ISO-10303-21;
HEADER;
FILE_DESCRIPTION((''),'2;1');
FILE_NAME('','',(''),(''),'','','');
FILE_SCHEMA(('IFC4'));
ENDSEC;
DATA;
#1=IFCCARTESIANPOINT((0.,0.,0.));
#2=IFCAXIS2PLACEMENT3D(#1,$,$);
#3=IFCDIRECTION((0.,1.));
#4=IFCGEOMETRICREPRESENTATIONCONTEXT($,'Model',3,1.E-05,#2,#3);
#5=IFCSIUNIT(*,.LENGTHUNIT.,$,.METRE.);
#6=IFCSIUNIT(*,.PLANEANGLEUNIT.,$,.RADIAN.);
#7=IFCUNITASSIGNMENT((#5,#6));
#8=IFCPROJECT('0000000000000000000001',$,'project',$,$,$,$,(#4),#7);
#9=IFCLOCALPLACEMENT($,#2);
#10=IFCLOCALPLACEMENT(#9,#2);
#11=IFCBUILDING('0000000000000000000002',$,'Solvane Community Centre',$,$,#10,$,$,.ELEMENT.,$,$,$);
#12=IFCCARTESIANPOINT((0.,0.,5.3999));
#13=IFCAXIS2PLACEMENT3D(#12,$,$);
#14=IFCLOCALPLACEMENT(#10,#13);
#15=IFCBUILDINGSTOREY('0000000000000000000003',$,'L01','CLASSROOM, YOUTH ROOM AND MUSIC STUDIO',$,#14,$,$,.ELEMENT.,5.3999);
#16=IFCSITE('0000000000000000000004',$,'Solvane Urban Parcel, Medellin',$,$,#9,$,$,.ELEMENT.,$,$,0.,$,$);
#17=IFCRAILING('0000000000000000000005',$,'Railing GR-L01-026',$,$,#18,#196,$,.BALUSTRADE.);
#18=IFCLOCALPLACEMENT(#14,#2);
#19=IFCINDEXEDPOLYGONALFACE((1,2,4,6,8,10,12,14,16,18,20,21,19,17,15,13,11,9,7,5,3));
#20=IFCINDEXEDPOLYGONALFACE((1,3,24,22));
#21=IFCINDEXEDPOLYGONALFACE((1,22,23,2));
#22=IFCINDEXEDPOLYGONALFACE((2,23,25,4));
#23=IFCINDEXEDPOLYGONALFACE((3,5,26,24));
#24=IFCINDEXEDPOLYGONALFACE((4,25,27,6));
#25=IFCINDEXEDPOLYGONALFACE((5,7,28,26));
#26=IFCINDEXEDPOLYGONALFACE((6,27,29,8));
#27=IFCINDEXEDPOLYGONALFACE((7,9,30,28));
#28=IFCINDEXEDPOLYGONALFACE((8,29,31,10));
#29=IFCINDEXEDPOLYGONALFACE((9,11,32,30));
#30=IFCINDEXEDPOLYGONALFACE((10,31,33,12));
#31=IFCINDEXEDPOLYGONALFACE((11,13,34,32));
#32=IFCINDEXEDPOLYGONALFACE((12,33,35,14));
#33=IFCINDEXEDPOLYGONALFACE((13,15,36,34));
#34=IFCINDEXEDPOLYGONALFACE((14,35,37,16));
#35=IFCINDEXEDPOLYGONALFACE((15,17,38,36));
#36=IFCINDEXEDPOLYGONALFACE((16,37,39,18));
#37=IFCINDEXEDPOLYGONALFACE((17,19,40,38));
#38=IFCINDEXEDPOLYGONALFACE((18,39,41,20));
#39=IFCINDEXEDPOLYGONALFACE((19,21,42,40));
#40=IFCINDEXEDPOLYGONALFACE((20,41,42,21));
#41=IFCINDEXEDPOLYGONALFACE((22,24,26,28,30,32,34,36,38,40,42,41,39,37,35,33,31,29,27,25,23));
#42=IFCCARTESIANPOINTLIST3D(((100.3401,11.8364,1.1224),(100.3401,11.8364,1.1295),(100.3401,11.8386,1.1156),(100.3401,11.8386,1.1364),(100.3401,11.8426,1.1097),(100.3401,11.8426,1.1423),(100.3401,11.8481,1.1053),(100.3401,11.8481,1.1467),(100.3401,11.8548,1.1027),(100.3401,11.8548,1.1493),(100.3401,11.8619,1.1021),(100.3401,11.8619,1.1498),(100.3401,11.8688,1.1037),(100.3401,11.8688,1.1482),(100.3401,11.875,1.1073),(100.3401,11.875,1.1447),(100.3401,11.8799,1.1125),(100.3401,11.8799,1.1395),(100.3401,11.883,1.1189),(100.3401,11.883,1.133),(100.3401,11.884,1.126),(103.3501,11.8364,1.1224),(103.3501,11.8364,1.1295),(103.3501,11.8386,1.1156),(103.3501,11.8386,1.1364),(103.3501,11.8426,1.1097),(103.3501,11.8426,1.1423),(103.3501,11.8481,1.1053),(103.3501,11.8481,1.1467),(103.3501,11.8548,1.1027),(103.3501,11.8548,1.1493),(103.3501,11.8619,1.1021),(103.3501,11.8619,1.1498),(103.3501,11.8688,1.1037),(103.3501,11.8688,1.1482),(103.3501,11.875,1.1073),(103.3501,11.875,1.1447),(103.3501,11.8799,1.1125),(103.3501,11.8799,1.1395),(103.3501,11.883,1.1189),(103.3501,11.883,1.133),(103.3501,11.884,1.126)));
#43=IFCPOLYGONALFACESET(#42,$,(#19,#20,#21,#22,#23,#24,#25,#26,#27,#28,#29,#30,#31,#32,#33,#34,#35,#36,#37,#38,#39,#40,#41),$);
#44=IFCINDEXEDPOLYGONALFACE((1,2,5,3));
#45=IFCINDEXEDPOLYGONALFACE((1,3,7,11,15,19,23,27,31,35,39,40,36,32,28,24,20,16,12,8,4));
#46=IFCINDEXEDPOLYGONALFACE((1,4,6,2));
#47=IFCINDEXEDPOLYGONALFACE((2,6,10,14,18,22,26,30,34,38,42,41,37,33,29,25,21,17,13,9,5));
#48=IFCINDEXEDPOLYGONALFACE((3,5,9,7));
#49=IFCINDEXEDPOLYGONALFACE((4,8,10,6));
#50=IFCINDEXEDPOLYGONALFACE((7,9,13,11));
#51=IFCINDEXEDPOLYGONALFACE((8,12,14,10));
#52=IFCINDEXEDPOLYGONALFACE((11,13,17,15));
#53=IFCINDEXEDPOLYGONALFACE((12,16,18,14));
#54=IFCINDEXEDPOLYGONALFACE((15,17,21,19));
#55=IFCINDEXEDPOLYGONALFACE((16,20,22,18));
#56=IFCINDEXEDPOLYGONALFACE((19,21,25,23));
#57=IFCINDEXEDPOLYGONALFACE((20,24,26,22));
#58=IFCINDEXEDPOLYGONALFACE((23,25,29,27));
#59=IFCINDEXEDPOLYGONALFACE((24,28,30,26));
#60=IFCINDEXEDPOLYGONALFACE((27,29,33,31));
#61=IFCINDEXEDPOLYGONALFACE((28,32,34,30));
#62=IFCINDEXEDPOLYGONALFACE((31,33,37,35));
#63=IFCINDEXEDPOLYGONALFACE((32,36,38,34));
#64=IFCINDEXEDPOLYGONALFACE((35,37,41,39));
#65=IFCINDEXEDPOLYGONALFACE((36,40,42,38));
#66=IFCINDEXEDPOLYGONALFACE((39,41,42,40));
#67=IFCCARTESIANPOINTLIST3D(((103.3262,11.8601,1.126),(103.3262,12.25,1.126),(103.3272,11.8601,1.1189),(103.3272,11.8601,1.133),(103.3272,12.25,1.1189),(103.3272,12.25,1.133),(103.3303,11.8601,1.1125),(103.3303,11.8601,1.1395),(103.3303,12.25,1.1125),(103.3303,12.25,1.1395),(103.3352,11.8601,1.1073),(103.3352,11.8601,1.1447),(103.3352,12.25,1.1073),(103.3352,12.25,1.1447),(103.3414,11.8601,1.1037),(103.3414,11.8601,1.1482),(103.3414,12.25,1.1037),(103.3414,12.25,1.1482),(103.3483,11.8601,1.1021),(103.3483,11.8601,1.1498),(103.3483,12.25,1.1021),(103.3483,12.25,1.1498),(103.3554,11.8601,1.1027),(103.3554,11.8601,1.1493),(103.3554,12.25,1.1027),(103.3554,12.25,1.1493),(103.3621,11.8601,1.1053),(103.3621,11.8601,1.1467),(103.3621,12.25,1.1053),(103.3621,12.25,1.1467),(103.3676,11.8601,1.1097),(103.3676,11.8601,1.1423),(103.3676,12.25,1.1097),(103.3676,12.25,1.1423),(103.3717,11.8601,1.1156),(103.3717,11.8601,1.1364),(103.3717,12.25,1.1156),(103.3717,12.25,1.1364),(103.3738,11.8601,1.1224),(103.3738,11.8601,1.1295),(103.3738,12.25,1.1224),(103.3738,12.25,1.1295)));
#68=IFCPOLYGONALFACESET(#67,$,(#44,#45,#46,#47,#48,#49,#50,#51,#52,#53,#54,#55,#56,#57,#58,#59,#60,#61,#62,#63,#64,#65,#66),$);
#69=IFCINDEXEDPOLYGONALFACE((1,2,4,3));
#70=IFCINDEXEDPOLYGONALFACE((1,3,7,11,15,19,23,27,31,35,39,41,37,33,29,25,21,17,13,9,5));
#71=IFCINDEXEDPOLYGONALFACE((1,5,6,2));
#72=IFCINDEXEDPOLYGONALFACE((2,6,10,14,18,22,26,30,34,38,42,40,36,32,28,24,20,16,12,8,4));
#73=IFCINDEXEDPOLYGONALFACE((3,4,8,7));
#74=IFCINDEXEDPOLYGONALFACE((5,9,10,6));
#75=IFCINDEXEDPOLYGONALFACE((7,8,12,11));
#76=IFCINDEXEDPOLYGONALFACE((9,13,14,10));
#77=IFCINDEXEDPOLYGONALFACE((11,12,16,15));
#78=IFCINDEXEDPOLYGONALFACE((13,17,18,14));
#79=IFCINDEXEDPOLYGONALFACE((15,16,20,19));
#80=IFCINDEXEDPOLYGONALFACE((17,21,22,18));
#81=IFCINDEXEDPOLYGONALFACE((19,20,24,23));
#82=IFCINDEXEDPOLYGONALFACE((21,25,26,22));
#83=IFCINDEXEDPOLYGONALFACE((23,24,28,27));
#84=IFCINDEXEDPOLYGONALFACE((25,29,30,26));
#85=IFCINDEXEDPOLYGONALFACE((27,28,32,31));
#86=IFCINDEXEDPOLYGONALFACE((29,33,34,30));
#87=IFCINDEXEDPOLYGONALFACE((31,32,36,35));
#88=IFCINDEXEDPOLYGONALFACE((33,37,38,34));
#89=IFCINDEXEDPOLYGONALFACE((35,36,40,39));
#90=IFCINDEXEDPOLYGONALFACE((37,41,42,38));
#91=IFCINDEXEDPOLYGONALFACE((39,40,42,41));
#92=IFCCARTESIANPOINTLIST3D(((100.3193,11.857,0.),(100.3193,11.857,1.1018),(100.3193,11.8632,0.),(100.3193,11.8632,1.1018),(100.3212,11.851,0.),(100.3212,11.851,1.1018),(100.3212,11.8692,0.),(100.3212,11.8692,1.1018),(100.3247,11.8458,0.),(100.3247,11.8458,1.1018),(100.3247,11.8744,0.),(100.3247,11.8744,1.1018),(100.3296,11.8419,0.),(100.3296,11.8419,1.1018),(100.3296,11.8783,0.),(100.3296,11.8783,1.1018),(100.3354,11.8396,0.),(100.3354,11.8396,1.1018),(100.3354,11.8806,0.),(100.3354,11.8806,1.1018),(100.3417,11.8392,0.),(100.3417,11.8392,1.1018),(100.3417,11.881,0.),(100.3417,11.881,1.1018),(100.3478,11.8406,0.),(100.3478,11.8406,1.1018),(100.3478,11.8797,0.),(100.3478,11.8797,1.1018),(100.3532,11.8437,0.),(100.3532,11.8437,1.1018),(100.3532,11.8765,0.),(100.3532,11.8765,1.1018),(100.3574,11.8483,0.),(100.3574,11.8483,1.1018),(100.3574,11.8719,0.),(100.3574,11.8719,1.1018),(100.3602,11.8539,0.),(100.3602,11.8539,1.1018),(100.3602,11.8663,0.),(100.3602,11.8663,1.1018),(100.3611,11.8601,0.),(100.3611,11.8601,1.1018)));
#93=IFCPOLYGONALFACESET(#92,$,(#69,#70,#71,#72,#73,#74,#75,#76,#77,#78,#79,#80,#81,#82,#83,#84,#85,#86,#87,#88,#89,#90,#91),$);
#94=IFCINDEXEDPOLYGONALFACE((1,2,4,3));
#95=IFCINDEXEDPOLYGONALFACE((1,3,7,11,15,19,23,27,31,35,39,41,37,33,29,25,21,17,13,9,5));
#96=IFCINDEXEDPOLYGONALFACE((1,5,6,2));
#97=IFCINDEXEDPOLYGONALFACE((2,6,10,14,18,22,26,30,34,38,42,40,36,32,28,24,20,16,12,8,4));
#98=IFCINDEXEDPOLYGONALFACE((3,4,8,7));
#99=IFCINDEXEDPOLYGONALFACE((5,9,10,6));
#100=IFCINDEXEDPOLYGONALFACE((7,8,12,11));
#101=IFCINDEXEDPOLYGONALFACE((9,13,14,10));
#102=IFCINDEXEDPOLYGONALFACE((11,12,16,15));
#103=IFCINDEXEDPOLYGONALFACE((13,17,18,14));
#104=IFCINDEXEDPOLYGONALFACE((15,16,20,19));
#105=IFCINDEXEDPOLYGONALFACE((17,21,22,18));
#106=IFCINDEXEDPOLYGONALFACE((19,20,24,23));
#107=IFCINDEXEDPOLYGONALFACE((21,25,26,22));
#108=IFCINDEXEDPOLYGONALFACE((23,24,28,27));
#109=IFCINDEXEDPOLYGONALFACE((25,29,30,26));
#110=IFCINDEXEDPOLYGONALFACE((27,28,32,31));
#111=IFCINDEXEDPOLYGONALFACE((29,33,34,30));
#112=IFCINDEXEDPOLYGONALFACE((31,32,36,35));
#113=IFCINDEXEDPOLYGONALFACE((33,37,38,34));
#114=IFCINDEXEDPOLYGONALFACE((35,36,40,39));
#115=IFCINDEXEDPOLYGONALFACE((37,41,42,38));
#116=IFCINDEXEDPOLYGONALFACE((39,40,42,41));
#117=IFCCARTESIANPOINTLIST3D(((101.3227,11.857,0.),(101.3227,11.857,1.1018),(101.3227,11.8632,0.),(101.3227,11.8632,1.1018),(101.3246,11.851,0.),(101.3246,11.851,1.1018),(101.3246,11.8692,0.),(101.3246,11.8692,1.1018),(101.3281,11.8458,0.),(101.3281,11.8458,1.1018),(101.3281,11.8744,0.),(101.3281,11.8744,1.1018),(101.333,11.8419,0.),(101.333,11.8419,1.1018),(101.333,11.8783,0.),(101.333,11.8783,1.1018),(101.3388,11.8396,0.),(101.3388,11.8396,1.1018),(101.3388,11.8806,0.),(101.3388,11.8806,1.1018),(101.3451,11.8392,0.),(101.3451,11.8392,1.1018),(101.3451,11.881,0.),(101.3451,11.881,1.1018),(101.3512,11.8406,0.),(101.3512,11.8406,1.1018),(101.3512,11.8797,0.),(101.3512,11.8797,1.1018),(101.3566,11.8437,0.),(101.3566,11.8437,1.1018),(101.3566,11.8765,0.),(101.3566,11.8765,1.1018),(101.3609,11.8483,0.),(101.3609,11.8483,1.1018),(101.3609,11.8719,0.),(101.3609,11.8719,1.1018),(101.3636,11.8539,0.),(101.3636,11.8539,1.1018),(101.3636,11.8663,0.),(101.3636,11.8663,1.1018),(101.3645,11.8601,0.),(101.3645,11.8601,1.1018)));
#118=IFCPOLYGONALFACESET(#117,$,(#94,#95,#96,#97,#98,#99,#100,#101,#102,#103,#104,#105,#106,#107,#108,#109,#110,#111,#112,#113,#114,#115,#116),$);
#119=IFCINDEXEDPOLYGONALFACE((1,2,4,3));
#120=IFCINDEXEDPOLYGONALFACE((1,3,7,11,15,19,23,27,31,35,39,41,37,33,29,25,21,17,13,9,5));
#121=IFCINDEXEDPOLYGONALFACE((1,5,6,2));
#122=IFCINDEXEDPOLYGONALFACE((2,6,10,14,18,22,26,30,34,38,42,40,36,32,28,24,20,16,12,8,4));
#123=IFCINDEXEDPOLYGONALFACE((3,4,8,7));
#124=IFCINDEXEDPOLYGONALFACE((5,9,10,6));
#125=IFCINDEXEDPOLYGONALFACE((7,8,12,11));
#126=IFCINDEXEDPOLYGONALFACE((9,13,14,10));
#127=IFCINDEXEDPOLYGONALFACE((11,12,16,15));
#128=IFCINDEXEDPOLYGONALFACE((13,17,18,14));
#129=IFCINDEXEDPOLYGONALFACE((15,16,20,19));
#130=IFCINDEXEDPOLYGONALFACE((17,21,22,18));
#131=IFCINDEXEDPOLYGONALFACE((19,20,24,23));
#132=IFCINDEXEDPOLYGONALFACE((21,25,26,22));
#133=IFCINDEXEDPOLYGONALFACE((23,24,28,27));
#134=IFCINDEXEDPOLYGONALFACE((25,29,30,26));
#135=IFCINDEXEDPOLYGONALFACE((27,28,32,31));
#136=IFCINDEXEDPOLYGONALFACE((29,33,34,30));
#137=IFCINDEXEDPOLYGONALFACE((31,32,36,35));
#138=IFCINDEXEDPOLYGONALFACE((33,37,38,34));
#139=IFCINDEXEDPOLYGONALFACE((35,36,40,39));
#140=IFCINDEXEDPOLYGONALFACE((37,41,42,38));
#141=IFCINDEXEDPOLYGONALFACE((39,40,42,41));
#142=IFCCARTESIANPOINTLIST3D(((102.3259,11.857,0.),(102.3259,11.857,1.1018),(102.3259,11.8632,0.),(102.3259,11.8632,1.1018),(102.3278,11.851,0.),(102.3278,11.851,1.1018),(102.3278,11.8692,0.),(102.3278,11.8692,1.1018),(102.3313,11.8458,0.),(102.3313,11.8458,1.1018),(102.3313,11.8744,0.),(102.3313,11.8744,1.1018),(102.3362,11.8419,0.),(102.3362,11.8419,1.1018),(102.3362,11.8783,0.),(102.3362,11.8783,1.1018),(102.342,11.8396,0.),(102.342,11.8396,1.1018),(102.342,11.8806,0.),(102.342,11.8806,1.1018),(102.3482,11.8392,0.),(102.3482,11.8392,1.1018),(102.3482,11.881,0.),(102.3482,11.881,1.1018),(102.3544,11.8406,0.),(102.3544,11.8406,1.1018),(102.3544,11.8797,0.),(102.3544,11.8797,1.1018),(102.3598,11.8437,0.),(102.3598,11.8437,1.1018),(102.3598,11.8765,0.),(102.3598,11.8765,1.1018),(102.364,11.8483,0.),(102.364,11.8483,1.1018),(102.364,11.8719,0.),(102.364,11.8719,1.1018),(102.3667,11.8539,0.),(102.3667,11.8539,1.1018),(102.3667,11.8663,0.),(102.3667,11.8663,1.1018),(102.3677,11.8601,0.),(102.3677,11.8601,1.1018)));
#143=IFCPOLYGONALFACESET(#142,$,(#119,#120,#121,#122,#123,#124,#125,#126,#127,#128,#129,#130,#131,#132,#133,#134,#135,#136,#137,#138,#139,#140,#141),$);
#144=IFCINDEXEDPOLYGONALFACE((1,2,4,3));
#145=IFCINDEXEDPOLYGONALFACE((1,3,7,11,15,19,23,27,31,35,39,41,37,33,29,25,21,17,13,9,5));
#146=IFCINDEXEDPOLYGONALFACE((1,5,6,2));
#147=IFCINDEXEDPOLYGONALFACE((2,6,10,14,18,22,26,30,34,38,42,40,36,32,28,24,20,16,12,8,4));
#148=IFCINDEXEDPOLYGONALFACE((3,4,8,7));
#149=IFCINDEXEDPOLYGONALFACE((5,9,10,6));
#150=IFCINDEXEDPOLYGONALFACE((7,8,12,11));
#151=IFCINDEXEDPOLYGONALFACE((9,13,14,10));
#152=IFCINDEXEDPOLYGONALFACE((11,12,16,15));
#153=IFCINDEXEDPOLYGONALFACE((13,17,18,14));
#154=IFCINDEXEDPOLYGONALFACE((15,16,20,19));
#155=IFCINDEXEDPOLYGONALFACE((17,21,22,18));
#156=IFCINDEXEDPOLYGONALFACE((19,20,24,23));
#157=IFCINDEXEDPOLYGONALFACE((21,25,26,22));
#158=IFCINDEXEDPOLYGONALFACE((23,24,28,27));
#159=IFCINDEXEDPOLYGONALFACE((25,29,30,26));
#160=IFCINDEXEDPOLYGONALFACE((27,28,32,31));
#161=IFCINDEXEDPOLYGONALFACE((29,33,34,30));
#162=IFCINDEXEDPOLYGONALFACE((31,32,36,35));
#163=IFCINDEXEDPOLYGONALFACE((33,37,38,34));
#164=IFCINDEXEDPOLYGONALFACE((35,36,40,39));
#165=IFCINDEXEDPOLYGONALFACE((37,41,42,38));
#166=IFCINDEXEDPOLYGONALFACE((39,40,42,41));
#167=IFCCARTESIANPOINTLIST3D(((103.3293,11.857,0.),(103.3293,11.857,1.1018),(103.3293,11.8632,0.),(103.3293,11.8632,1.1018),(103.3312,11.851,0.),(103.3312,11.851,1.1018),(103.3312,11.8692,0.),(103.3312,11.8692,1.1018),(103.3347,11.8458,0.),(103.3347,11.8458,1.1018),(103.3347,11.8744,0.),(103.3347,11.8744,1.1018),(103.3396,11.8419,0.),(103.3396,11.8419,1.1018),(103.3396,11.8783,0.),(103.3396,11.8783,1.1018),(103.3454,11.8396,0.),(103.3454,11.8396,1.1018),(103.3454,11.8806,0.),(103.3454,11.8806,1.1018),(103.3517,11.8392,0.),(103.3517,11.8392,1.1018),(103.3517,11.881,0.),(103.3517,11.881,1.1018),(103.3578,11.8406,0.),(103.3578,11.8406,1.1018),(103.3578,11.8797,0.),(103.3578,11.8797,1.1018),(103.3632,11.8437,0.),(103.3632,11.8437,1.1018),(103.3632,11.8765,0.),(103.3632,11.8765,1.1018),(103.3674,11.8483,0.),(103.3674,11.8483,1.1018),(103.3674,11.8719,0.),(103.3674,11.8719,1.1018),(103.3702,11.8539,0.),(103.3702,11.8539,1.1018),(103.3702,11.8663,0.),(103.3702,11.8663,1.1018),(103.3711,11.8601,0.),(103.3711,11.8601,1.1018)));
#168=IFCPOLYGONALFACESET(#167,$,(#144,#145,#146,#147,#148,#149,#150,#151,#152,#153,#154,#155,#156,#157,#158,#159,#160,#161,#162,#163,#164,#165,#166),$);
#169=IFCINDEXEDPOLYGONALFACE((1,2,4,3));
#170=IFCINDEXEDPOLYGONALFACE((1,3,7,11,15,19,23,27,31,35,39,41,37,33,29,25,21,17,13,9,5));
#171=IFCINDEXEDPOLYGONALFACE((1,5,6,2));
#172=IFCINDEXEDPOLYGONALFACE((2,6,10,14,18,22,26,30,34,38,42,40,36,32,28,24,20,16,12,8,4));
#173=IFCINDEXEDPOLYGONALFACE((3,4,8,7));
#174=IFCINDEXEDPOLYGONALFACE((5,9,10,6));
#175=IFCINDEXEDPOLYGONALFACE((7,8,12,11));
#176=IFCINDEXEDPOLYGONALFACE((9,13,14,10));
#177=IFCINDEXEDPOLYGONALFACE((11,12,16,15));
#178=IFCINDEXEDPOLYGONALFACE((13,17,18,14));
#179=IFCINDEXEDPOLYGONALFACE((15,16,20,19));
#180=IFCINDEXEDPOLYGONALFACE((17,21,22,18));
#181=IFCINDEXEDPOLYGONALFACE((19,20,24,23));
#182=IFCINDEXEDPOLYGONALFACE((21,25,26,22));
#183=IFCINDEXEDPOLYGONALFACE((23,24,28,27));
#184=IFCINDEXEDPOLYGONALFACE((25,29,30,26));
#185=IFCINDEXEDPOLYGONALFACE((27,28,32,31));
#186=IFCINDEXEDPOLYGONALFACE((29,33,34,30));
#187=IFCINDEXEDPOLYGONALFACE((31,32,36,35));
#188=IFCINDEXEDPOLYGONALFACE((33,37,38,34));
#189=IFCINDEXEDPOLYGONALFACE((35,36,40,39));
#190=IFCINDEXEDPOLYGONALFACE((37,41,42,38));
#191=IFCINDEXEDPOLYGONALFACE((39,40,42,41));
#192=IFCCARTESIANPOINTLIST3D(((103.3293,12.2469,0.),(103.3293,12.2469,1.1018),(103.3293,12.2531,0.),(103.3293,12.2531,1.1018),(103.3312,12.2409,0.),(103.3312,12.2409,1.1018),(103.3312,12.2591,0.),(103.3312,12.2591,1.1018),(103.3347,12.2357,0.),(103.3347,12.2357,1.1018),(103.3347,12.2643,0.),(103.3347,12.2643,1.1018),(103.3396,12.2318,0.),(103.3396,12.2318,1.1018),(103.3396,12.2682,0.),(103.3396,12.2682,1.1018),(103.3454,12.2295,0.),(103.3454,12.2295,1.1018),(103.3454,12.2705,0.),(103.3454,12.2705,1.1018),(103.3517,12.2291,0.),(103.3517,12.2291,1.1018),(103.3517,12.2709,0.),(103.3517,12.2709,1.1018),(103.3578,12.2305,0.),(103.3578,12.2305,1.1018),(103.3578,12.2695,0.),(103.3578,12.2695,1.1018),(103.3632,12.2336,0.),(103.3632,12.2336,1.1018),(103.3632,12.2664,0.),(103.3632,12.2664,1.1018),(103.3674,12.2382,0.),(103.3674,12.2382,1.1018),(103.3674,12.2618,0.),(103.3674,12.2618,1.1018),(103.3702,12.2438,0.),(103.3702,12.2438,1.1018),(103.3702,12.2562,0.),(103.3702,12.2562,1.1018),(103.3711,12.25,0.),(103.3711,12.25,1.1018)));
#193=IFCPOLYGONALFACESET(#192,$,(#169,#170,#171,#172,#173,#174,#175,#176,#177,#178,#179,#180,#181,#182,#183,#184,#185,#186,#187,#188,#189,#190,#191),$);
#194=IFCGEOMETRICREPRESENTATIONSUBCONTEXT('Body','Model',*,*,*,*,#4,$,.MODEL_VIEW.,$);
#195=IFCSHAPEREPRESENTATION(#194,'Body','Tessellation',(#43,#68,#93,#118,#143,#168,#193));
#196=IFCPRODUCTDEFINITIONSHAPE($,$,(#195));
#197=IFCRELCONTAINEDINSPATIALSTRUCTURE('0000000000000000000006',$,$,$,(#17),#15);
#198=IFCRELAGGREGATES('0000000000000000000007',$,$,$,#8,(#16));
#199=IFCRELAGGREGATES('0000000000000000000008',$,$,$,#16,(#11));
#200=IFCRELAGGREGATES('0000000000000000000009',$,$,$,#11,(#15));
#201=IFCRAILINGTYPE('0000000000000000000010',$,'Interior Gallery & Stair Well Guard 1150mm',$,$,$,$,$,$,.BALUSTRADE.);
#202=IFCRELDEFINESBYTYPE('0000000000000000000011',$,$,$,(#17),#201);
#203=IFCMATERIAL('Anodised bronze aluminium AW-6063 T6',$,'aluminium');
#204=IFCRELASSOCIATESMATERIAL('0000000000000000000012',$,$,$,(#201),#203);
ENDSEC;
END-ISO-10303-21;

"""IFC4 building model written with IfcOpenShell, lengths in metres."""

from ifc_helpers import new_model, si_unit, direction, frame, origin, origin_2d, place, context, subcontext, project, spatial, circle, extrude, material, type_object, element, save


model = new_model("IFC4")

# Units and contexts
model_context = context("Model", 3, precision=1e-05, world=origin(), true_north=direction((0.0, 1.0)))
body_context = subcontext(model_context, "Body", "Model", "MODEL_VIEW")
ifc_project = project(units=[si_unit("LENGTHUNIT", "METRE"), si_unit("PLANEANGLEUNIT", "RADIAN")], contexts=[model_context])

# Site, building, storey
site_placement = place(None, origin())
site = spatial("IfcSite", under=ifc_project, at=site_placement, Name="Solvane Urban Parcel, Medellin", CompositionType="ELEMENT", RefElevation=0.0)
building_placement = place(site_placement, origin())
building = spatial("IfcBuilding", under=site, at=building_placement, Name="Solvane Community Centre", CompositionType="ELEMENT")
storey_placement = place(building_placement, frame((0.0, 0.0, 5.3999)))
storey = spatial("IfcBuildingStorey", under=building, at=storey_placement, Name="L01", Description="CLASSROOM, YOUTH ROOM AND MUSIC STUDIO", CompositionType="ELEMENT", Elevation=5.3999)

# Shared definitions
ifc_material_1 = material(Name="Anodised bronze aluminium AW-6063 T6", Category="aluminium")

# Railing
railing_type_1 = type_object("IfcRailingType", Name="Interior Gallery & Stair Well Guard 1150mm", PredefinedType="BALUSTRADE", material=ifc_material_1)
railing_1_placement = place(storey_placement, frame((100.3401, 11.8601, 0.0)))
element("IfcRailing", 1, at=railing_1_placement, inside=storey, type_object=railing_type_1, Name="Railing GR-L01-026", PredefinedType="BALUSTRADE", context=body_context, shape_type="SweptSolid", body=[
    extrude(circle(Radius=0.0239, at=origin_2d()), frame((0.0, 0.0, 1.126), z_axis=(1.0, 0.0, 0.0), x_axis=(0.0, 1.0, 0.0)), (0.0, 0.0, 1.0), 3.01),
    extrude(circle(Radius=0.0239, at=origin_2d()), frame((3.01, 0.0, 1.126), z_axis=(0.0, 1.0, 0.0), x_axis=(-1.0, 0.0, 0.0)), (0.0, 0.0, 1.0), 0.3899),
    extrude(circle(Radius=0.021, at=origin_2d()), origin(), (0.0, 0.0, 1.0), 1.1018),
    extrude(circle(Radius=0.021, at=origin_2d()), frame((1.0034, 0.0, 0.0)), (0.0, 0.0, 1.0), 1.1018),
    extrude(circle(Radius=0.021, at=origin_2d()), frame((2.0066, 0.0, 0.0)), (0.0, 0.0, 1.0), 1.1018),
    extrude(circle(Radius=0.021, at=origin_2d()), frame((3.01, 0.0, 0.0)), (0.0, 0.0, 1.0), 1.1018),
    extrude(circle(Radius=0.021, at=origin_2d()), frame((3.01, 0.3899, 0.0)), (0.0, 0.0, 1.0), 1.1018),
])

save(model, "model.ifc")
